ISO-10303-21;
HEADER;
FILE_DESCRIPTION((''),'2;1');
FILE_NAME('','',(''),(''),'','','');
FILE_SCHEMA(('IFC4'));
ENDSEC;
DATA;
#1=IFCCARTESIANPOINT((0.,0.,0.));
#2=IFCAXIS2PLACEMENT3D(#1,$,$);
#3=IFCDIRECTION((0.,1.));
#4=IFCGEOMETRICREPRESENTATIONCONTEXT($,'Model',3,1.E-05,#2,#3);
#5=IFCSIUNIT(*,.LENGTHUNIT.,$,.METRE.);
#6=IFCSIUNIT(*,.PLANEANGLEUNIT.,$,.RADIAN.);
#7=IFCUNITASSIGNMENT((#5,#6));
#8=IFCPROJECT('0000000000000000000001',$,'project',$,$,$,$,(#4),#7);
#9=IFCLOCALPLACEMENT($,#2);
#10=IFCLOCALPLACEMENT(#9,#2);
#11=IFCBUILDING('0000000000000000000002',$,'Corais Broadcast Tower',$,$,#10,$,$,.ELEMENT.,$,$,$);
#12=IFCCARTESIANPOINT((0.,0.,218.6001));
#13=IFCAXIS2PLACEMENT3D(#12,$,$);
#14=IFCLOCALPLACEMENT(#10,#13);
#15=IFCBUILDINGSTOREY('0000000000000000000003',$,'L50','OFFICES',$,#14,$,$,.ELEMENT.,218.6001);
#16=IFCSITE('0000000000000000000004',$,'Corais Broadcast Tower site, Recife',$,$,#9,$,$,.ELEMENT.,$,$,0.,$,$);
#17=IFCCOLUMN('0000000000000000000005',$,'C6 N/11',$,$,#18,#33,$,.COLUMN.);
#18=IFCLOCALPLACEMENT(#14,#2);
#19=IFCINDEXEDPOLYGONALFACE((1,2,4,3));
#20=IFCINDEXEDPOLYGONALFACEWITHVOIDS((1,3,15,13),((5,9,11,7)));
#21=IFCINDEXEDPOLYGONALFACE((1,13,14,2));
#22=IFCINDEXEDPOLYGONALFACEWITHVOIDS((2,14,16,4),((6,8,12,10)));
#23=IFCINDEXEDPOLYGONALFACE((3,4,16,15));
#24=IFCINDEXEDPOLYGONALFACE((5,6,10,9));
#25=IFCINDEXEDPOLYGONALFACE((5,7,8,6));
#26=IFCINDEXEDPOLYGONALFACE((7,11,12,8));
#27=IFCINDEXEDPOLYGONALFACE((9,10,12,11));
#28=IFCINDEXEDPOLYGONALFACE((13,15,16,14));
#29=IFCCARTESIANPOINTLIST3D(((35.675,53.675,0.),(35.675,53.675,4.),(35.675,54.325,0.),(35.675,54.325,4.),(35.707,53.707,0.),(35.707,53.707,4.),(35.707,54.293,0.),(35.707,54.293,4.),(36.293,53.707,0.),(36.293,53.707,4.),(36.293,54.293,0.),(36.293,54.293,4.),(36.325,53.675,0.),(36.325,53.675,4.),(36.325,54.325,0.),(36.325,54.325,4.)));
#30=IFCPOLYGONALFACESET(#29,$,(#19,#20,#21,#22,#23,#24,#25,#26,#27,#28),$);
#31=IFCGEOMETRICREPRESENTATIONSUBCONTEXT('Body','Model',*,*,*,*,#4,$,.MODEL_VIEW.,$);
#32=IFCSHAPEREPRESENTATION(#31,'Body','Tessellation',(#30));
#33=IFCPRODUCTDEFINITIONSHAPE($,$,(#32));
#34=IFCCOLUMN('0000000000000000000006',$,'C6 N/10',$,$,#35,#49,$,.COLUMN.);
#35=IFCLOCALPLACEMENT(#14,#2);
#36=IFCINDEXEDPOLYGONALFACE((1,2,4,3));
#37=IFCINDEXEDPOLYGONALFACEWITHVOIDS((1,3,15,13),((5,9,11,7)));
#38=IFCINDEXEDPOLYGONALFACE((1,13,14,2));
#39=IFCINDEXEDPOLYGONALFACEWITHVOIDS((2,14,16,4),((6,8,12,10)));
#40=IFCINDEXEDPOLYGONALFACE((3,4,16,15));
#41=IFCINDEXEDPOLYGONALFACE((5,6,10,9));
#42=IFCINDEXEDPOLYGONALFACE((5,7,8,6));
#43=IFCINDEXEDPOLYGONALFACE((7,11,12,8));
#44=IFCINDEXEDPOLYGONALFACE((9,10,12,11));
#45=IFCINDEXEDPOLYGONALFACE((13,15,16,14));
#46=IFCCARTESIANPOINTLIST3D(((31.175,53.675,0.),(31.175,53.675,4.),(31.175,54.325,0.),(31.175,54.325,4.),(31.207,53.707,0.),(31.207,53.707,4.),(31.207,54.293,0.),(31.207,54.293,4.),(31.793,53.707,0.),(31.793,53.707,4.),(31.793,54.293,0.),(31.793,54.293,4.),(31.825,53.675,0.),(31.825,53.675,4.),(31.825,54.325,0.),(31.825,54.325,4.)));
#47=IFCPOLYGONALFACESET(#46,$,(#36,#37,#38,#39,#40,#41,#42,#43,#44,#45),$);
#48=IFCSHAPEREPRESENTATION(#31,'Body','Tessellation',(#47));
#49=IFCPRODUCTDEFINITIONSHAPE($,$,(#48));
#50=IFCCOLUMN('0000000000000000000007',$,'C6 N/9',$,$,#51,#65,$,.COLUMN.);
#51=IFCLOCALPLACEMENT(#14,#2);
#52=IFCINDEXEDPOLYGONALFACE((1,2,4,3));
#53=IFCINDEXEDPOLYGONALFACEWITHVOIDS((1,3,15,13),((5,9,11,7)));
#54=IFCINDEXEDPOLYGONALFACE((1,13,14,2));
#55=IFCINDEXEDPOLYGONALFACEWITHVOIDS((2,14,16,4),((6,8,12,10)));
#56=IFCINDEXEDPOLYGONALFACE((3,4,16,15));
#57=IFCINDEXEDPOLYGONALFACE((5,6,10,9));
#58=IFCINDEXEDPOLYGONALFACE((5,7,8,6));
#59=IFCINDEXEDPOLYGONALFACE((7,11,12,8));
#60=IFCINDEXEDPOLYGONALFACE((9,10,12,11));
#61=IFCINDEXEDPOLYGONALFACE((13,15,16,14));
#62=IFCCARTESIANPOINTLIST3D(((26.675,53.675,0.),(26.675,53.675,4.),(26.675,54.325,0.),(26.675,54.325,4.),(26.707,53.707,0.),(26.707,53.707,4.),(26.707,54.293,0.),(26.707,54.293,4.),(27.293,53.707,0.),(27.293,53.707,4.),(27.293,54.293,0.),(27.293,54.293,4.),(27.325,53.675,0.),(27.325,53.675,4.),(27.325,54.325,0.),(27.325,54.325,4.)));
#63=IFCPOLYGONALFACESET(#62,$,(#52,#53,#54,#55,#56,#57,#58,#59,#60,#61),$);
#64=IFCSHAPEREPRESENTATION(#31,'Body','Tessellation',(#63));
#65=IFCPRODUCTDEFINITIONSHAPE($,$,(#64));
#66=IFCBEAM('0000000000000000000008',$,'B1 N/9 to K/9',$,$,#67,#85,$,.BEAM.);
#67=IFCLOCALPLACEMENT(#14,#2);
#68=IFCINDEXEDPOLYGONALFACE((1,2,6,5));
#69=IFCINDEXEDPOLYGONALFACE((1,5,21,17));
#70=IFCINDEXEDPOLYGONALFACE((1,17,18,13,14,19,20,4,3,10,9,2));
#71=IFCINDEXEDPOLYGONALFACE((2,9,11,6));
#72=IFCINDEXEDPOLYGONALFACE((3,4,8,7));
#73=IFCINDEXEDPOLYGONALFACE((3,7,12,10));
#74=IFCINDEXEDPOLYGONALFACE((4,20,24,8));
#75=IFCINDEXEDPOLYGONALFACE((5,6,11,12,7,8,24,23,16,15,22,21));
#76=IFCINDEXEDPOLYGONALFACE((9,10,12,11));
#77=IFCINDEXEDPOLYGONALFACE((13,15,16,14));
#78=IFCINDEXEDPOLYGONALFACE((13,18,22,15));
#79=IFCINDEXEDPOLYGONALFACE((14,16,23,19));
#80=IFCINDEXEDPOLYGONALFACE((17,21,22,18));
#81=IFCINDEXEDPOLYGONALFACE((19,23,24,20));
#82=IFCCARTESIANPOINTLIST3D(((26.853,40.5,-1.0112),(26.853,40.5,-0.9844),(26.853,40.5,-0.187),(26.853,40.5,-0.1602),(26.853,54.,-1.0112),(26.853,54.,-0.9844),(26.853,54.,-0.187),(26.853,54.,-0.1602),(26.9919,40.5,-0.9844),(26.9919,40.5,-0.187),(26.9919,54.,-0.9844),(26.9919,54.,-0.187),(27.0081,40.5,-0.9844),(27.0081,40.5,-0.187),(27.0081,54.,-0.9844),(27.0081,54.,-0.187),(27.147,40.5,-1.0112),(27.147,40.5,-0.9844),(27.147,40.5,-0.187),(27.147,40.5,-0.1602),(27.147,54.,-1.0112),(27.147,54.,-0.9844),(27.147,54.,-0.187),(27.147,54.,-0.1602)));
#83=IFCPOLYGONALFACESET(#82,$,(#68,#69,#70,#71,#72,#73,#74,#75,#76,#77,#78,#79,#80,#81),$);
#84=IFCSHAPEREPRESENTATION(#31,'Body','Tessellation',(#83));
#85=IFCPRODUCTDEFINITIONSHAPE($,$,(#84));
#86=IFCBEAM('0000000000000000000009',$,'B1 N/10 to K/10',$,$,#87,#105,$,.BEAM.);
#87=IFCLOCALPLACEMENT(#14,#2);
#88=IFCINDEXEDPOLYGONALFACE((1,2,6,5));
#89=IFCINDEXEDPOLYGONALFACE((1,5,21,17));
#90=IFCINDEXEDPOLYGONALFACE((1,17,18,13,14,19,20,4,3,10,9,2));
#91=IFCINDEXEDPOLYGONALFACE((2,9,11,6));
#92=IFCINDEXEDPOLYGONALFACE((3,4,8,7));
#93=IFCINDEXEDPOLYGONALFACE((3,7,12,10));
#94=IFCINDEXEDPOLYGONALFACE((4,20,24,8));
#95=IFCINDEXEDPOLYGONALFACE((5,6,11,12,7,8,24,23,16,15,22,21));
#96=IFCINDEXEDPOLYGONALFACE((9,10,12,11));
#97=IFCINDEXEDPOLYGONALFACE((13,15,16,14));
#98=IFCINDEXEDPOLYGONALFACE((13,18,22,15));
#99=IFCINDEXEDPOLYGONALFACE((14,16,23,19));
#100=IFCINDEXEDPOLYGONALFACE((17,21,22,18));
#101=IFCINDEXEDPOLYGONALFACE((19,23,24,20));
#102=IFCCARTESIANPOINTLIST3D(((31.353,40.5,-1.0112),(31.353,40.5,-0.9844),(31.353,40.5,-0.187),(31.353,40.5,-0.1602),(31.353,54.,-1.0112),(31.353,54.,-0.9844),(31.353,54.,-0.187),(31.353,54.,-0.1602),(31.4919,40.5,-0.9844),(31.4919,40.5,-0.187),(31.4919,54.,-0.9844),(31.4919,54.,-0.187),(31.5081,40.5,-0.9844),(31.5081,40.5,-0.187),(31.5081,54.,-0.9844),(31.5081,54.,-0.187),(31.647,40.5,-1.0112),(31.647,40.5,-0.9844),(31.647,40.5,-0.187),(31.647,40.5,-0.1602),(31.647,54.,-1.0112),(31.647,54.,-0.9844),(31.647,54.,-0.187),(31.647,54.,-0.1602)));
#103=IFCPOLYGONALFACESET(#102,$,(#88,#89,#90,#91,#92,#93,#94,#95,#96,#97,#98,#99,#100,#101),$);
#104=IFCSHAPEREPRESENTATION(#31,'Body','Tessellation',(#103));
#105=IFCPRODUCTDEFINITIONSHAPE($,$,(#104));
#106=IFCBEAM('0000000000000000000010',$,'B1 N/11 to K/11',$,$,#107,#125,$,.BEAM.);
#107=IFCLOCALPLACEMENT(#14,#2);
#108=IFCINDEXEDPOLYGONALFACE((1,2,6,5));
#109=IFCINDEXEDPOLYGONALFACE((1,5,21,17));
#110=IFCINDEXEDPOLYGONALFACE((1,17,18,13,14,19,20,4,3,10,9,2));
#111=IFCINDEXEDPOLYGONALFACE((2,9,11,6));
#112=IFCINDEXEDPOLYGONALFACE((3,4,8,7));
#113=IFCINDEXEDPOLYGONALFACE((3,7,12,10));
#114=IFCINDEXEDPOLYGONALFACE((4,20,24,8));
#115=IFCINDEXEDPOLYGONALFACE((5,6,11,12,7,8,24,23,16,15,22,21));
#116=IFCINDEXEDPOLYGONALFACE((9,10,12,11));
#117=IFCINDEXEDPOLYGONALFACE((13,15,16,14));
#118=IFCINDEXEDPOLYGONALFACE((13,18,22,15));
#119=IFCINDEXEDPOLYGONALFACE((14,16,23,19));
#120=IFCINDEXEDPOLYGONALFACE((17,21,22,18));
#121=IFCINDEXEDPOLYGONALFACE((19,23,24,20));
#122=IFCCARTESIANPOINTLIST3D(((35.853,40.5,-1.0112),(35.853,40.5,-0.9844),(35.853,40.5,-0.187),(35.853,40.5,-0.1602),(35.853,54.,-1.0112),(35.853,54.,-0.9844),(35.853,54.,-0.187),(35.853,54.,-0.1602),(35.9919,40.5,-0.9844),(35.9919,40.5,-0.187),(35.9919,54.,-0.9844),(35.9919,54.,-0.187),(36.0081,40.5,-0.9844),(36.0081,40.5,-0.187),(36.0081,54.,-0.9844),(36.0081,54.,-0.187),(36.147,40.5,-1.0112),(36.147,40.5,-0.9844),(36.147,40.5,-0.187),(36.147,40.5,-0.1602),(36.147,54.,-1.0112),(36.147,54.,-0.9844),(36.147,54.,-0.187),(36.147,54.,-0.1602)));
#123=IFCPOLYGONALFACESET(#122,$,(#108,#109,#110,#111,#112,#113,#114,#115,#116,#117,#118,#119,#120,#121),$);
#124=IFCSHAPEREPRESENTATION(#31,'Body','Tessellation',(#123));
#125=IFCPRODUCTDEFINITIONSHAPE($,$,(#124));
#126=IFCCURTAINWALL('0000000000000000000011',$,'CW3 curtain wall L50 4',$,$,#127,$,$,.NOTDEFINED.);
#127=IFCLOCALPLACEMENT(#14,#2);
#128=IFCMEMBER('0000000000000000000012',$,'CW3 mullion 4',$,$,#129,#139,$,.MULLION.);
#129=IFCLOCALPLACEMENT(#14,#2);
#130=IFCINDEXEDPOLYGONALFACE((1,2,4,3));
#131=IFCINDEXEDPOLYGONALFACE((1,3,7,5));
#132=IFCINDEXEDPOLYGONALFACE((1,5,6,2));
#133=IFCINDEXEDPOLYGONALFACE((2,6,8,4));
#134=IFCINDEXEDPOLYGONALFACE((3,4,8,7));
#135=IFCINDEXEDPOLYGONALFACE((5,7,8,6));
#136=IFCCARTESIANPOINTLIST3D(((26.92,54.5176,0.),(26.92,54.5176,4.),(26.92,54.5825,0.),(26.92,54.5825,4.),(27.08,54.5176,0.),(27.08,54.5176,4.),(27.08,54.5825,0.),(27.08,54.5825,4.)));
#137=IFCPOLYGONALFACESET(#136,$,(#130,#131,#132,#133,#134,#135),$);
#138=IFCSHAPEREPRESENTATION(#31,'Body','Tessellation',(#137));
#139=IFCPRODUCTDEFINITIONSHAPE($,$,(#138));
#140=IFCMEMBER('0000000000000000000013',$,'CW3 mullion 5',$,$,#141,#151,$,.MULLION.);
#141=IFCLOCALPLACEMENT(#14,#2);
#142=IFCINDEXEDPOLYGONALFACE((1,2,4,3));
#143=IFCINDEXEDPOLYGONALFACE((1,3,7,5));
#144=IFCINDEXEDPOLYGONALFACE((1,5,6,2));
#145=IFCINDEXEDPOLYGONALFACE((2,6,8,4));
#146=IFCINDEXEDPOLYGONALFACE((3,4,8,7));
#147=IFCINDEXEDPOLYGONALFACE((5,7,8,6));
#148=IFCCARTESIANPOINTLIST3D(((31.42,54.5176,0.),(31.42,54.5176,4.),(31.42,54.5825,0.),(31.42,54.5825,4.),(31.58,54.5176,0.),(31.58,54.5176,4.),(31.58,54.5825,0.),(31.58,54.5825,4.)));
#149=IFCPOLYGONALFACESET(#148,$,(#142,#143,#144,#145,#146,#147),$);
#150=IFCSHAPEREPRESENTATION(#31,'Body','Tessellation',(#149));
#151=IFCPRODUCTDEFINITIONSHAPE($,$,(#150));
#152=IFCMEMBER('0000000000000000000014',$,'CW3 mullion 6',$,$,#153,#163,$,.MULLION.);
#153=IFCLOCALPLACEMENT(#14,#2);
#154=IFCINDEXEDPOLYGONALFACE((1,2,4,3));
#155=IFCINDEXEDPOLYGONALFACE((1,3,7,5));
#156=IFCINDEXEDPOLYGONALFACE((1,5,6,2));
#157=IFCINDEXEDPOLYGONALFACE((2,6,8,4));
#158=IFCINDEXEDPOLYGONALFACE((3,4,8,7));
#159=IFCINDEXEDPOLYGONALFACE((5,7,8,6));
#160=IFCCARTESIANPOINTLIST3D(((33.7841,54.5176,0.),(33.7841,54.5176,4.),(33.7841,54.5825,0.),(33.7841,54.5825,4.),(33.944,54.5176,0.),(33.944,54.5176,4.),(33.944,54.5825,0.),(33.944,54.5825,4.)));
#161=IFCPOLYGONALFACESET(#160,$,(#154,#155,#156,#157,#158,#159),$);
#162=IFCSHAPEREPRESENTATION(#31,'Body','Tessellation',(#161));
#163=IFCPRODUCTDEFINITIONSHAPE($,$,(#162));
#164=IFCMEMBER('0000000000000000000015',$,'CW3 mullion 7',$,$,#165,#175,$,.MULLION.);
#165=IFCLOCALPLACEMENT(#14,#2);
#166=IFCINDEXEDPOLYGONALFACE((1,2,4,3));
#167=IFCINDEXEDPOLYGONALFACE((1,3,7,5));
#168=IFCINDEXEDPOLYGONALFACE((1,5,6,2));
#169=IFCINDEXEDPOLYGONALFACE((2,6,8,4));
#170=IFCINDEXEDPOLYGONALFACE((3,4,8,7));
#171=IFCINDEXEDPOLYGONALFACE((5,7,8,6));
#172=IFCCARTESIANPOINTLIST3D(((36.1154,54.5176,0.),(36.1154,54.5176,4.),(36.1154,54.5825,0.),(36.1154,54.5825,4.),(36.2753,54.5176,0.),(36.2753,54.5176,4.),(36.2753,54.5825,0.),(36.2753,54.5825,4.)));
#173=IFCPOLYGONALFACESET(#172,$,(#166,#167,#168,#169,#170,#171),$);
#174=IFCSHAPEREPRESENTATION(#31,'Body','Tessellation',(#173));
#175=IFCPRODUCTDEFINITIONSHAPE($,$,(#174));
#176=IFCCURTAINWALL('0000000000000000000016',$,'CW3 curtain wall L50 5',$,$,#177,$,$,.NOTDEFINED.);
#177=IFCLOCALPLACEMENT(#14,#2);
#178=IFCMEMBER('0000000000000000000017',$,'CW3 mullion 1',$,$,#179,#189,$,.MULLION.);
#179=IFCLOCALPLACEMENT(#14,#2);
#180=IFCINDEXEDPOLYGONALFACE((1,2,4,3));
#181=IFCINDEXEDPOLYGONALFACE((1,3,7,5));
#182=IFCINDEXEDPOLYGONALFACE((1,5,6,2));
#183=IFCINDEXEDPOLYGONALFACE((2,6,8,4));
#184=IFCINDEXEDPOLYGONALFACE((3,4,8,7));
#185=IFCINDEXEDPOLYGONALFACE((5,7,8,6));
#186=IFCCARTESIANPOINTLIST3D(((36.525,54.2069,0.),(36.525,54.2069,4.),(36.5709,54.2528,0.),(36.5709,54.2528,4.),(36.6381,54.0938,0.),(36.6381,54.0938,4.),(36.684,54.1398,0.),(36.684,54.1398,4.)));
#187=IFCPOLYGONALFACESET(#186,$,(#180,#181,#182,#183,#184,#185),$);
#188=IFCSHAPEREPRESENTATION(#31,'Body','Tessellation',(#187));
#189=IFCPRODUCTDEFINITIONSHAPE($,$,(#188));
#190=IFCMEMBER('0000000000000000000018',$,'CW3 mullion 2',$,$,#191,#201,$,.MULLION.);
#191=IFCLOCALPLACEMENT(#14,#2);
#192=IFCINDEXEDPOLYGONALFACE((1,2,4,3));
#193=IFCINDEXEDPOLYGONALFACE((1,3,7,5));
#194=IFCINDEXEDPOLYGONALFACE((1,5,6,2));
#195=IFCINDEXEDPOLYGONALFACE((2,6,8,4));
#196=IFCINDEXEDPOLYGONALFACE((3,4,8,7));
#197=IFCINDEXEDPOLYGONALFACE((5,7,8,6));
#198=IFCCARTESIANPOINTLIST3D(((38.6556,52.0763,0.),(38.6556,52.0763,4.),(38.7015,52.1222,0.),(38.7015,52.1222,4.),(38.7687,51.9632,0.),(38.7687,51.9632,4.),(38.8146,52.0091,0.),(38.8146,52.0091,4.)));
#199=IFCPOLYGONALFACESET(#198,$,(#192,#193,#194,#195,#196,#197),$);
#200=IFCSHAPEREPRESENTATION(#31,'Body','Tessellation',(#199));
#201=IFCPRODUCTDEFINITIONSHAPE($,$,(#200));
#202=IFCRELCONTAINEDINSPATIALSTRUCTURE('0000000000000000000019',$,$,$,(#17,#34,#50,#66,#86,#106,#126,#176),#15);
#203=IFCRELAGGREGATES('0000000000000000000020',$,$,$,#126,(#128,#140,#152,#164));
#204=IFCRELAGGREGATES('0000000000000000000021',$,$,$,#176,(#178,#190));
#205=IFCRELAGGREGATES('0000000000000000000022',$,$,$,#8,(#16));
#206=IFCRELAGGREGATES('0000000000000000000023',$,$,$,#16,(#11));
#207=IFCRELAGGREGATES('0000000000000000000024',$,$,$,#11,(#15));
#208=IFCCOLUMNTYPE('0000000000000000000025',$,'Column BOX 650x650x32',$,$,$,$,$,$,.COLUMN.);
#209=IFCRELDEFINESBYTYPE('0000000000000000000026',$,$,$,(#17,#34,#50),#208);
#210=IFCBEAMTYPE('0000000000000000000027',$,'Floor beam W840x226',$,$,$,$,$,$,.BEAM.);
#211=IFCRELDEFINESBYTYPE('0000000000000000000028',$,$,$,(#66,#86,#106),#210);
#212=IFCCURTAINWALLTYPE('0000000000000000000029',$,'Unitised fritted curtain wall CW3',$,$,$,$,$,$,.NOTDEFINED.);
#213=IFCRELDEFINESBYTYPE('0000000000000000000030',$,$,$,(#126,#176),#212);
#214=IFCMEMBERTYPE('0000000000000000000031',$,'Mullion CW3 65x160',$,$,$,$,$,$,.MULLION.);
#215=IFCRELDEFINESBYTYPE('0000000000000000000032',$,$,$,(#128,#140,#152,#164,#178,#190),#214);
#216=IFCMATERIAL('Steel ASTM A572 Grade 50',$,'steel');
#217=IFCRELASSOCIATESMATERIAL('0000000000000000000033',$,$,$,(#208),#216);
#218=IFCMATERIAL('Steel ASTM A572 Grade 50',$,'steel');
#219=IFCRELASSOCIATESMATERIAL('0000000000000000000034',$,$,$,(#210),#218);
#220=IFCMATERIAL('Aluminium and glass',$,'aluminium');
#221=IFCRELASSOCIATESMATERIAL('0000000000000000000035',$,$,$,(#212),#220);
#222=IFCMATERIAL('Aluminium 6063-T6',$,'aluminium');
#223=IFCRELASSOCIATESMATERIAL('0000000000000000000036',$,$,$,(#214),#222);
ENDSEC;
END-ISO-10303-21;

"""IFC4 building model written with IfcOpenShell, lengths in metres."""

from ifc_helpers import new_model, si_unit, direction, frame, origin, origin_2d, place, context, subcontext, project, spatial, rectangle, hollow_rectangle, i_section, extrude, material, material_profile, profile_set, type_object, element, aggregate, save


model = new_model("IFC4")

# Units and contexts
model_context = context("Model", 3, precision=1e-05, world=origin(), true_north=direction((0.0, 1.0)))
body_context = subcontext(model_context, "Body", "Model", "MODEL_VIEW")
ifc_project = project(units=[si_unit("LENGTHUNIT", "METRE"), si_unit("PLANEANGLEUNIT", "RADIAN")], contexts=[model_context])

# Site, building, storey
site_placement = place(None, origin())
site = spatial("IfcSite", under=ifc_project, at=site_placement, Name="Corais Broadcast Tower site, Recife", CompositionType="ELEMENT", RefElevation=0.0)
building_placement = place(site_placement, origin())
building = spatial("IfcBuilding", under=site, at=building_placement, Name="Corais Broadcast Tower", CompositionType="ELEMENT")
storey_placement = place(building_placement, frame((0.0, 0.0, 218.6001)))
storey = spatial("IfcBuildingStorey", under=building, at=storey_placement, Name="L50", Description="OFFICES", CompositionType="ELEMENT", Elevation=218.6001)

# Columns
ifc_material_1 = material(Name="Steel ASTM A572 Grade 50", Category="steel")
ifc_material_profile_1 = material_profile(ifc_material_1, hollow_rectangle(XDim=0.6499, YDim=0.6499, WallThickness=0.032, at=origin_2d()), Name="BOX 650x650x32")
ifc_profile_set_1 = profile_set([ifc_material_profile_1], Name="Steel ASTM A572 Grade 50")
column_type = type_object("IfcColumnType", Name="Column BOX 650x650x32", PredefinedType="COLUMN", material=ifc_profile_set_1)
for number, where, z_axis, x_axis, name in (
    (1, (36.0, 54.0, 0.0), (0.0, 0.0, 1.0), (1.0, 0.0, 0.0), "C6 N/11"),
    (2, (31.5, 54.0, 0.0), (0.0, 0.0, 1.0), (1.0, 0.0, 0.0), "C6 N/10"),
    (3, (27.0, 54.0, 0.0), (0.0, 0.0, 1.0), (1.0, 0.0, 0.0), "C6 N/9"),
):
    element("IfcColumn", number, at=place(storey_placement, frame(where, z_axis=z_axis, x_axis=x_axis)), inside=storey, type_object=column_type, Name=name, PredefinedType="COLUMN", context=body_context, shape_type="SweptSolid", body=[
        extrude(hollow_rectangle(XDim=0.6499, YDim=0.6499, WallThickness=0.032, at=origin_2d()), origin(), (0.0, 0.0, 1.0), 4.0),
    ])

# Beams
ifc_material_2 = material(Name="Steel ASTM A572 Grade 50", Category="steel")
ifc_material_profile_2 = material_profile(ifc_material_2, i_section(OverallWidth=0.2939, OverallDepth=0.8511, WebThickness=0.0161, FlangeThickness=0.0269, at=origin_2d()), Name="W840x226")
ifc_profile_set_2 = profile_set([ifc_material_profile_2], Name="Steel ASTM A572 Grade 50")
beam_type_1 = type_object("IfcBeamType", Name="Floor beam W840x226", PredefinedType="BEAM", material=ifc_profile_set_2)
for number, where, z_axis, x_axis, name in (
    (4, (27.0, 54.0, -0.5857), (0.0, -1.0, 0.0), (1.0, 0.0, 0.0), "B1 N/9 to K/9"),
    (5, (31.5, 54.0, -0.5857), (0.0, -1.0, 0.0), (1.0, 0.0, 0.0), "B1 N/10 to K/10"),
    (6, (36.0, 54.0, -0.5857), (0.0, -1.0, 0.0), (1.0, 0.0, 0.0), "B1 N/11 to K/11"),
):
    element("IfcBeam", number, at=place(storey_placement, frame(where, z_axis=z_axis, x_axis=x_axis)), inside=storey, type_object=beam_type_1, Name=name, PredefinedType="BEAM", context=body_context, shape_type="SweptSolid", body=[
        extrude(i_section(OverallWidth=0.2939, OverallDepth=0.8511, WebThickness=0.0161, FlangeThickness=0.0269, at=origin_2d()), origin(), (0.0, 0.0, 1.0), 13.5),
    ])

# Curtain walls, members
ifc_material_3 = material(Name="Aluminium and glass", Category="aluminium")
curtain_wall_type = type_object("IfcCurtainWallType", Name="Unitised fritted curtain wall CW3", PredefinedType="NOTDEFINED", material=ifc_material_3)
curtain_wall_1_placement = place(storey_placement, origin())
curtain_wall_1 = element("IfcCurtainWall", 7, at=curtain_wall_1_placement, inside=storey, type_object=curtain_wall_type, Name="CW3 curtain wall L50 4", PredefinedType="NOTDEFINED")
ifc_material_4 = material(Name="Aluminium 6063-T6", Category="aluminium")
ifc_material_profile_3 = material_profile(ifc_material_4, rectangle(XDim=0.0649, YDim=0.1599, at=origin_2d()), Name="Mullion CW3 65x160")
ifc_profile_set_3 = profile_set([ifc_material_profile_3], Name="Aluminium 6063-T6")
member_type_1 = type_object("IfcMemberType", Name="Mullion CW3 65x160", PredefinedType="MULLION", material=ifc_profile_set_3)
member_1_placement = place(storey_placement, frame((27.0, 54.55, 0.0), z_axis=(0.0, 0.0, 1.0), x_axis=(0.0, 1.0, 0.0)))
member_1 = element("IfcMember", 8, at=member_1_placement, type_object=member_type_1, Name="CW3 mullion 4", PredefinedType="MULLION", context=body_context, shape_type="SweptSolid", body=[
    extrude(rectangle(XDim=0.0649, YDim=0.1599, at=origin_2d()), origin(), (0.0, 0.0, 1.0), 4.0),
])
member_2_placement = place(storey_placement, frame((31.5, 54.55, 0.0), z_axis=(0.0, 0.0, 1.0), x_axis=(0.0, 1.0, 0.0)))
member_2 = element("IfcMember", 9, at=member_2_placement, type_object=member_type_1, Name="CW3 mullion 5", PredefinedType="MULLION", context=body_context, shape_type="SweptSolid", body=[
    extrude(rectangle(XDim=0.0649, YDim=0.1599, at=origin_2d()), origin(), (0.0, 0.0, 1.0), 4.0),
])
member_3_placement = place(storey_placement, frame((33.864, 54.55, 0.0), z_axis=(0.0, 0.0, 1.0), x_axis=(0.0, 1.0, 0.0)))
member_3 = element("IfcMember", 10, at=member_3_placement, type_object=member_type_1, Name="CW3 mullion 6", PredefinedType="MULLION", context=body_context, shape_type="SweptSolid", body=[
    extrude(rectangle(XDim=0.0649, YDim=0.1599, at=origin_2d()), origin(), (0.0, 0.0, 1.0), 4.0),
])
member_4_placement = place(storey_placement, frame((36.1953, 54.55, 0.0), z_axis=(0.0, 0.0, 1.0), x_axis=(0.0, 1.0, 0.0)))
member_4 = element("IfcMember", 11, at=member_4_placement, type_object=member_type_1, Name="CW3 mullion 7", PredefinedType="MULLION", context=body_context, shape_type="SweptSolid", body=[
    extrude(rectangle(XDim=0.0649, YDim=0.1599, at=origin_2d()), origin(), (0.0, 0.0, 1.0), 4.0),
])
curtain_wall_2_placement = place(storey_placement, origin())
curtain_wall_2 = element("IfcCurtainWall", 12, at=curtain_wall_2_placement, inside=storey, type_object=curtain_wall_type, Name="CW3 curtain wall L50 5", PredefinedType="NOTDEFINED")
member_5_placement = place(storey_placement, frame((36.6045, 54.1733, 0.0), z_axis=(0.0, 0.0, 1.0), x_axis=(0.707107, 0.707107, 0.0)))
member_5 = element("IfcMember", 13, at=member_5_placement, type_object=member_type_1, Name="CW3 mullion 1", PredefinedType="MULLION", context=body_context, shape_type="SweptSolid", body=[
    extrude(rectangle(XDim=0.0649, YDim=0.1599, at=origin_2d()), origin(), (0.0, 0.0, 1.0), 4.0),
])
member_6_placement = place(storey_placement, frame((38.7351, 52.0427, 0.0), z_axis=(0.0, 0.0, 1.0), x_axis=(0.707107, 0.707107, 0.0)))
member_6 = element("IfcMember", 14, at=member_6_placement, type_object=member_type_1, Name="CW3 mullion 2", PredefinedType="MULLION", context=body_context, shape_type="SweptSolid", body=[
    extrude(rectangle(XDim=0.0649, YDim=0.1599, at=origin_2d()), origin(), (0.0, 0.0, 1.0), 4.0),
])

aggregate(curtain_wall_1, [member_1, member_2, member_3, member_4])
aggregate(curtain_wall_2, [member_5, member_6])

save(model, "model.ifc")
